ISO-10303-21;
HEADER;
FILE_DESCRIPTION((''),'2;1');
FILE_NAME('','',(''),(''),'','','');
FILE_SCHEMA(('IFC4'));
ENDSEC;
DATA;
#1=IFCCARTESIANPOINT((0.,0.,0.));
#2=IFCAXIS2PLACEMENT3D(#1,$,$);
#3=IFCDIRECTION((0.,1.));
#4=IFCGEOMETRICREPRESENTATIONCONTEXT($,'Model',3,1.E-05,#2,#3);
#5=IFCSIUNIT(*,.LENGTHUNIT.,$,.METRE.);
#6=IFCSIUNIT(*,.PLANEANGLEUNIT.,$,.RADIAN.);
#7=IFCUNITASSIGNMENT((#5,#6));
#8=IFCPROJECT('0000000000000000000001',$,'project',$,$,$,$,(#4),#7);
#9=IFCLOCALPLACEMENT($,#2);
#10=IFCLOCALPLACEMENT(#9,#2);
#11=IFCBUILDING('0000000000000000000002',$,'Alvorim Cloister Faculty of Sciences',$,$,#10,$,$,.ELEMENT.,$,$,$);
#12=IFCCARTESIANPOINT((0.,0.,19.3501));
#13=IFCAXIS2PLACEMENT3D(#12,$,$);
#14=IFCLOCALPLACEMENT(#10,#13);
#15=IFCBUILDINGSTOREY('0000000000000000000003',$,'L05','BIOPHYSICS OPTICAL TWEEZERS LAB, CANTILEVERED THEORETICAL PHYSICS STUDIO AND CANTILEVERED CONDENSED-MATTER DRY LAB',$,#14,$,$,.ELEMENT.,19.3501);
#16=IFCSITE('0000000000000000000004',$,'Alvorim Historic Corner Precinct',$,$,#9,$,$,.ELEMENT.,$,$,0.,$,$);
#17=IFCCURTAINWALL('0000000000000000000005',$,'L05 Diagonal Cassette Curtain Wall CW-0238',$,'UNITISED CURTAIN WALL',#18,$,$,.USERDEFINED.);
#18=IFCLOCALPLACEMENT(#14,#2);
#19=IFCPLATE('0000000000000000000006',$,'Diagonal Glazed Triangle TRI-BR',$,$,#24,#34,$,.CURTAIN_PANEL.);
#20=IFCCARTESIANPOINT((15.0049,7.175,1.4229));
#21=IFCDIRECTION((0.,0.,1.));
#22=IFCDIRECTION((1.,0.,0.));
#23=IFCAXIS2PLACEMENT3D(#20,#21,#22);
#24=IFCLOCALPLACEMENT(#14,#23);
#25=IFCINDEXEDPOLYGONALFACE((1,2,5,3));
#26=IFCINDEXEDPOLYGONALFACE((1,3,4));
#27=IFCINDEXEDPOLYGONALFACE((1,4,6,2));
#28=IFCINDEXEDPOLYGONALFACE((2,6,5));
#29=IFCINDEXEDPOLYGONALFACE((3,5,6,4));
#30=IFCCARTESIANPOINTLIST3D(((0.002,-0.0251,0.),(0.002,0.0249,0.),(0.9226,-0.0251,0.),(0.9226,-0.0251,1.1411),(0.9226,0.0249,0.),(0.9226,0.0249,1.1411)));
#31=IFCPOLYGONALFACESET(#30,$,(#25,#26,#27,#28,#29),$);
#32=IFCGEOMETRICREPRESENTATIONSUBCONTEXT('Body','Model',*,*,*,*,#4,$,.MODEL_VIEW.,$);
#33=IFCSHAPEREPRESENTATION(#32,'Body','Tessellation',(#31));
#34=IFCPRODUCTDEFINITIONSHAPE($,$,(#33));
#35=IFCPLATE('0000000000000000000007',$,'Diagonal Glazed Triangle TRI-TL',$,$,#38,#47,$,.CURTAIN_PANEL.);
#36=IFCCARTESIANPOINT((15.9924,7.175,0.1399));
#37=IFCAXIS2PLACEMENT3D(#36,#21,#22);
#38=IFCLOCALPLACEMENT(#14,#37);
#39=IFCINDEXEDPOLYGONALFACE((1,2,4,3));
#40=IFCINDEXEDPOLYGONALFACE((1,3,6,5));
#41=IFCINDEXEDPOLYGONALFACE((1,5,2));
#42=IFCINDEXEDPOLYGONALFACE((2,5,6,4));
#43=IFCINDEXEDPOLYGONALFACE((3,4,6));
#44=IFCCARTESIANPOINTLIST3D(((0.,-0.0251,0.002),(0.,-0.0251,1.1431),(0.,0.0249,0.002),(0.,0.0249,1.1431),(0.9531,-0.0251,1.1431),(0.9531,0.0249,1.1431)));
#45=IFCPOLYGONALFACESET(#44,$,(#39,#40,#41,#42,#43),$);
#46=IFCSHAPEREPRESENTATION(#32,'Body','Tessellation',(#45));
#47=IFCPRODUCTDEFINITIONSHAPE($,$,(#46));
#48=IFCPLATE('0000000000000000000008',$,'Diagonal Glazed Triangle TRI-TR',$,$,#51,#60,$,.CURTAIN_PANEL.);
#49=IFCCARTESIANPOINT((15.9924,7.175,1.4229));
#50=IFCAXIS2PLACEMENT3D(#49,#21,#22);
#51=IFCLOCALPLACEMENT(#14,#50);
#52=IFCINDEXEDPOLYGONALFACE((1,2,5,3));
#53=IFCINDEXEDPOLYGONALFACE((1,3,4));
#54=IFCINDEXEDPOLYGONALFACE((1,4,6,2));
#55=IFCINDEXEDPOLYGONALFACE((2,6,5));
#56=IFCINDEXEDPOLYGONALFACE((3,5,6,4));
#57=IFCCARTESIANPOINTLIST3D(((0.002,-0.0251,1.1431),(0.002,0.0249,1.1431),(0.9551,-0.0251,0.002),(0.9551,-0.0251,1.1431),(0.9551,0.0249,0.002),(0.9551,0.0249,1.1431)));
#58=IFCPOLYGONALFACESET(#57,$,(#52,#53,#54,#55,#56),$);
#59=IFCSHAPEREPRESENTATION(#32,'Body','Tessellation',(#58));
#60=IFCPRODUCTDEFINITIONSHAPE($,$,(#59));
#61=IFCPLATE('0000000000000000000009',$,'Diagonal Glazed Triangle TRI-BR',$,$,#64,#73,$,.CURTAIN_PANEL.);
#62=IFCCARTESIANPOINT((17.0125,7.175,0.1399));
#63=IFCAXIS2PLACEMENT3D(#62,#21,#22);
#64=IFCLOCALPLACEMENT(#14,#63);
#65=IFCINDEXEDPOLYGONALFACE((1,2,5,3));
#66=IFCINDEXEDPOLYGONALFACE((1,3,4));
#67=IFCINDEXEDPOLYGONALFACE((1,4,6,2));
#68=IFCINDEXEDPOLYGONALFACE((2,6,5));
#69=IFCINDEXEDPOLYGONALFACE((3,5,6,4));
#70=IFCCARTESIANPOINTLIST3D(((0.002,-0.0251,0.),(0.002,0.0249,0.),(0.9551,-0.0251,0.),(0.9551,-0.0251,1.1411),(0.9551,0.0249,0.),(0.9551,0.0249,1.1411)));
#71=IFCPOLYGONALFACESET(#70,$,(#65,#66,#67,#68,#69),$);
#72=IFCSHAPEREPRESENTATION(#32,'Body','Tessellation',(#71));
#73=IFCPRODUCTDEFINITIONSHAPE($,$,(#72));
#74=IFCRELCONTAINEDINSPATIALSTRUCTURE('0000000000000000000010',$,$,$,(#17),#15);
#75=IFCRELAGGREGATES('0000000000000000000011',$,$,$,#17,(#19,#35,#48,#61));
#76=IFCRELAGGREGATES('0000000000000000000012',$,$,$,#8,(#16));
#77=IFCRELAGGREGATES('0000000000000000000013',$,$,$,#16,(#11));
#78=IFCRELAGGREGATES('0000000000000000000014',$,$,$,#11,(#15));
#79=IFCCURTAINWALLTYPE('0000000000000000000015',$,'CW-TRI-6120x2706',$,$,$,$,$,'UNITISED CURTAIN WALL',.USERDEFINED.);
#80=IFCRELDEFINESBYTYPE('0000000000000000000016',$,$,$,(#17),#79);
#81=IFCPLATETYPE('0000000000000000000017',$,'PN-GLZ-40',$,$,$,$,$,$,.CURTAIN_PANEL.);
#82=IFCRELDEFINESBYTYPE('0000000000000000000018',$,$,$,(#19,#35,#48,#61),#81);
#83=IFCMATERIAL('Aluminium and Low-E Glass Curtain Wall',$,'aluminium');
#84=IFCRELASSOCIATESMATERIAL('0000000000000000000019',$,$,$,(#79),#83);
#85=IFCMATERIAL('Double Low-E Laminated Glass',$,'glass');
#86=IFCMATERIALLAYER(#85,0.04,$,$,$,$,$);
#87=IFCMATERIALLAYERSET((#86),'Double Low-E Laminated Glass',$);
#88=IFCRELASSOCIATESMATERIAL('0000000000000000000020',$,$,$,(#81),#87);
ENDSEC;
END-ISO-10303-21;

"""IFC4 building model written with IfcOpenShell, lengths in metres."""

from ifc_helpers import new_model, si_unit, direction, frame, origin, place, context, subcontext, project, spatial, polyline, outline, extrude, material, layer, layer_set, type_object, element, aggregate, save


model = new_model("IFC4")

# Units and contexts
model_context = context("Model", 3, precision=1e-05, world=origin(), true_north=direction((0.0, 1.0)))
body_context = subcontext(model_context, "Body", "Model", "MODEL_VIEW")
ifc_project = project(units=[si_unit("LENGTHUNIT", "METRE"), si_unit("PLANEANGLEUNIT", "RADIAN")], contexts=[model_context])

# Site, building, storey
site_placement = place(None, origin())
site = spatial("IfcSite", under=ifc_project, at=site_placement, Name="Alvorim Historic Corner Precinct", CompositionType="ELEMENT", RefElevation=0.0)
building_placement = place(site_placement, origin())
building = spatial("IfcBuilding", under=site, at=building_placement, Name="Alvorim Cloister Faculty of Sciences", CompositionType="ELEMENT")
storey_placement = place(building_placement, frame((0.0, 0.0, 19.3501)))
storey = spatial("IfcBuildingStorey", under=building, at=storey_placement, Name="L05", Description="BIOPHYSICS OPTICAL TWEEZERS LAB, CANTILEVERED THEORETICAL PHYSICS STUDIO AND CANTILEVERED CONDENSED-MATTER DRY LAB", CompositionType="ELEMENT", Elevation=19.3501)

# Curtain wall
ifc_material_1 = material(Name="Aluminium and Low-E Glass Curtain Wall", Category="aluminium")
curtain_wall_type = type_object("IfcCurtainWallType", Name="CW-TRI-6120x2706", ElementType="UNITISED CURTAIN WALL", PredefinedType="USERDEFINED", material=ifc_material_1)
curtain_wall_1_placement = place(storey_placement, origin())
curtain_wall_1 = element("IfcCurtainWall", 1, at=curtain_wall_1_placement, inside=storey, type_object=curtain_wall_type, Name="L05 Diagonal Cassette Curtain Wall CW-0238", ObjectType="UNITISED CURTAIN WALL", PredefinedType="USERDEFINED")

# Plates
ifc_material_2 = material(Name="Double Low-E Laminated Glass", Category="glass")
ifc_layer_1 = layer(ifc_material_2, 0.04)
ifc_layer_set_1 = layer_set([ifc_layer_1], Name="Double Low-E Laminated Glass")
plate_type = type_object("IfcPlateType", Name="PN-GLZ-40", PredefinedType="CURTAIN_PANEL", material=ifc_layer_set_1)
plate_1_placement = place(storey_placement, frame((15.0049, 7.175, 1.4229), z_axis=(0.0, 0.0, 1.0), x_axis=(1.0, 0.0, 0.0)))
plate_1 = element("IfcPlate", 2, at=plate_1_placement, type_object=plate_type, Name="Diagonal Glazed Triangle TRI-BR", PredefinedType="CURTAIN_PANEL", context=body_context, shape_type="SweptSolid", body=[
    extrude(outline(polyline([(0.002, 0.0), (0.9226, 0.0), (0.9226, 1.1411), (0.002, 0.0)])), frame((0.0, 0.0249, 0.0), z_axis=(0.0, -1.0, 0.0), x_axis=(1.0, 0.0, 0.0)), (0.0, 0.0, 1.0), 0.05),
])
plate_2_placement = place(storey_placement, frame((15.9924, 7.175, 0.1399), z_axis=(0.0, 0.0, 1.0), x_axis=(1.0, 0.0, 0.0)))
plate_2 = element("IfcPlate", 3, at=plate_2_placement, type_object=plate_type, Name="Diagonal Glazed Triangle TRI-TL", PredefinedType="CURTAIN_PANEL", context=body_context, shape_type="SweptSolid", body=[
    extrude(outline(polyline([(0.9531, 1.1431), (0.0, 1.1431), (0.0, 0.002), (0.9531, 1.1431)])), frame((0.0, 0.0249, 0.0), z_axis=(0.0, -1.0, 0.0), x_axis=(1.0, 0.0, 0.0)), (0.0, 0.0, 1.0), 0.05),
])
plate_3_placement = place(storey_placement, frame((15.9924, 7.175, 1.4229), z_axis=(0.0, 0.0, 1.0), x_axis=(1.0, 0.0, 0.0)))
plate_3 = element("IfcPlate", 4, at=plate_3_placement, type_object=plate_type, Name="Diagonal Glazed Triangle TRI-TR", PredefinedType="CURTAIN_PANEL", context=body_context, shape_type="SweptSolid", body=[
    extrude(outline(polyline([(0.9551, 0.002), (0.9551, 1.1431), (0.002, 1.1431), (0.9551, 0.002)])), frame((0.0, 0.0249, 0.0), z_axis=(0.0, -1.0, 0.0), x_axis=(1.0, 0.0, 0.0)), (0.0, 0.0, 1.0), 0.05),
])
plate_4_placement = place(storey_placement, frame((17.0125, 7.175, 0.1399), z_axis=(0.0, 0.0, 1.0), x_axis=(1.0, 0.0, 0.0)))
plate_4 = element("IfcPlate", 5, at=plate_4_placement, type_object=plate_type, Name="Diagonal Glazed Triangle TRI-BR", PredefinedType="CURTAIN_PANEL", context=body_context, shape_type="SweptSolid", body=[
    extrude(outline(polyline([(0.002, 0.0), (0.9551, 0.0), (0.9551, 1.1411), (0.002, 0.0)])), frame((0.0, 0.0249, 0.0), z_axis=(0.0, -1.0, 0.0), x_axis=(1.0, 0.0, 0.0)), (0.0, 0.0, 1.0), 0.05),
])
aggregate(curtain_wall_1, [plate_1, plate_2, plate_3, plate_4])

save(model, "model.ifc")
